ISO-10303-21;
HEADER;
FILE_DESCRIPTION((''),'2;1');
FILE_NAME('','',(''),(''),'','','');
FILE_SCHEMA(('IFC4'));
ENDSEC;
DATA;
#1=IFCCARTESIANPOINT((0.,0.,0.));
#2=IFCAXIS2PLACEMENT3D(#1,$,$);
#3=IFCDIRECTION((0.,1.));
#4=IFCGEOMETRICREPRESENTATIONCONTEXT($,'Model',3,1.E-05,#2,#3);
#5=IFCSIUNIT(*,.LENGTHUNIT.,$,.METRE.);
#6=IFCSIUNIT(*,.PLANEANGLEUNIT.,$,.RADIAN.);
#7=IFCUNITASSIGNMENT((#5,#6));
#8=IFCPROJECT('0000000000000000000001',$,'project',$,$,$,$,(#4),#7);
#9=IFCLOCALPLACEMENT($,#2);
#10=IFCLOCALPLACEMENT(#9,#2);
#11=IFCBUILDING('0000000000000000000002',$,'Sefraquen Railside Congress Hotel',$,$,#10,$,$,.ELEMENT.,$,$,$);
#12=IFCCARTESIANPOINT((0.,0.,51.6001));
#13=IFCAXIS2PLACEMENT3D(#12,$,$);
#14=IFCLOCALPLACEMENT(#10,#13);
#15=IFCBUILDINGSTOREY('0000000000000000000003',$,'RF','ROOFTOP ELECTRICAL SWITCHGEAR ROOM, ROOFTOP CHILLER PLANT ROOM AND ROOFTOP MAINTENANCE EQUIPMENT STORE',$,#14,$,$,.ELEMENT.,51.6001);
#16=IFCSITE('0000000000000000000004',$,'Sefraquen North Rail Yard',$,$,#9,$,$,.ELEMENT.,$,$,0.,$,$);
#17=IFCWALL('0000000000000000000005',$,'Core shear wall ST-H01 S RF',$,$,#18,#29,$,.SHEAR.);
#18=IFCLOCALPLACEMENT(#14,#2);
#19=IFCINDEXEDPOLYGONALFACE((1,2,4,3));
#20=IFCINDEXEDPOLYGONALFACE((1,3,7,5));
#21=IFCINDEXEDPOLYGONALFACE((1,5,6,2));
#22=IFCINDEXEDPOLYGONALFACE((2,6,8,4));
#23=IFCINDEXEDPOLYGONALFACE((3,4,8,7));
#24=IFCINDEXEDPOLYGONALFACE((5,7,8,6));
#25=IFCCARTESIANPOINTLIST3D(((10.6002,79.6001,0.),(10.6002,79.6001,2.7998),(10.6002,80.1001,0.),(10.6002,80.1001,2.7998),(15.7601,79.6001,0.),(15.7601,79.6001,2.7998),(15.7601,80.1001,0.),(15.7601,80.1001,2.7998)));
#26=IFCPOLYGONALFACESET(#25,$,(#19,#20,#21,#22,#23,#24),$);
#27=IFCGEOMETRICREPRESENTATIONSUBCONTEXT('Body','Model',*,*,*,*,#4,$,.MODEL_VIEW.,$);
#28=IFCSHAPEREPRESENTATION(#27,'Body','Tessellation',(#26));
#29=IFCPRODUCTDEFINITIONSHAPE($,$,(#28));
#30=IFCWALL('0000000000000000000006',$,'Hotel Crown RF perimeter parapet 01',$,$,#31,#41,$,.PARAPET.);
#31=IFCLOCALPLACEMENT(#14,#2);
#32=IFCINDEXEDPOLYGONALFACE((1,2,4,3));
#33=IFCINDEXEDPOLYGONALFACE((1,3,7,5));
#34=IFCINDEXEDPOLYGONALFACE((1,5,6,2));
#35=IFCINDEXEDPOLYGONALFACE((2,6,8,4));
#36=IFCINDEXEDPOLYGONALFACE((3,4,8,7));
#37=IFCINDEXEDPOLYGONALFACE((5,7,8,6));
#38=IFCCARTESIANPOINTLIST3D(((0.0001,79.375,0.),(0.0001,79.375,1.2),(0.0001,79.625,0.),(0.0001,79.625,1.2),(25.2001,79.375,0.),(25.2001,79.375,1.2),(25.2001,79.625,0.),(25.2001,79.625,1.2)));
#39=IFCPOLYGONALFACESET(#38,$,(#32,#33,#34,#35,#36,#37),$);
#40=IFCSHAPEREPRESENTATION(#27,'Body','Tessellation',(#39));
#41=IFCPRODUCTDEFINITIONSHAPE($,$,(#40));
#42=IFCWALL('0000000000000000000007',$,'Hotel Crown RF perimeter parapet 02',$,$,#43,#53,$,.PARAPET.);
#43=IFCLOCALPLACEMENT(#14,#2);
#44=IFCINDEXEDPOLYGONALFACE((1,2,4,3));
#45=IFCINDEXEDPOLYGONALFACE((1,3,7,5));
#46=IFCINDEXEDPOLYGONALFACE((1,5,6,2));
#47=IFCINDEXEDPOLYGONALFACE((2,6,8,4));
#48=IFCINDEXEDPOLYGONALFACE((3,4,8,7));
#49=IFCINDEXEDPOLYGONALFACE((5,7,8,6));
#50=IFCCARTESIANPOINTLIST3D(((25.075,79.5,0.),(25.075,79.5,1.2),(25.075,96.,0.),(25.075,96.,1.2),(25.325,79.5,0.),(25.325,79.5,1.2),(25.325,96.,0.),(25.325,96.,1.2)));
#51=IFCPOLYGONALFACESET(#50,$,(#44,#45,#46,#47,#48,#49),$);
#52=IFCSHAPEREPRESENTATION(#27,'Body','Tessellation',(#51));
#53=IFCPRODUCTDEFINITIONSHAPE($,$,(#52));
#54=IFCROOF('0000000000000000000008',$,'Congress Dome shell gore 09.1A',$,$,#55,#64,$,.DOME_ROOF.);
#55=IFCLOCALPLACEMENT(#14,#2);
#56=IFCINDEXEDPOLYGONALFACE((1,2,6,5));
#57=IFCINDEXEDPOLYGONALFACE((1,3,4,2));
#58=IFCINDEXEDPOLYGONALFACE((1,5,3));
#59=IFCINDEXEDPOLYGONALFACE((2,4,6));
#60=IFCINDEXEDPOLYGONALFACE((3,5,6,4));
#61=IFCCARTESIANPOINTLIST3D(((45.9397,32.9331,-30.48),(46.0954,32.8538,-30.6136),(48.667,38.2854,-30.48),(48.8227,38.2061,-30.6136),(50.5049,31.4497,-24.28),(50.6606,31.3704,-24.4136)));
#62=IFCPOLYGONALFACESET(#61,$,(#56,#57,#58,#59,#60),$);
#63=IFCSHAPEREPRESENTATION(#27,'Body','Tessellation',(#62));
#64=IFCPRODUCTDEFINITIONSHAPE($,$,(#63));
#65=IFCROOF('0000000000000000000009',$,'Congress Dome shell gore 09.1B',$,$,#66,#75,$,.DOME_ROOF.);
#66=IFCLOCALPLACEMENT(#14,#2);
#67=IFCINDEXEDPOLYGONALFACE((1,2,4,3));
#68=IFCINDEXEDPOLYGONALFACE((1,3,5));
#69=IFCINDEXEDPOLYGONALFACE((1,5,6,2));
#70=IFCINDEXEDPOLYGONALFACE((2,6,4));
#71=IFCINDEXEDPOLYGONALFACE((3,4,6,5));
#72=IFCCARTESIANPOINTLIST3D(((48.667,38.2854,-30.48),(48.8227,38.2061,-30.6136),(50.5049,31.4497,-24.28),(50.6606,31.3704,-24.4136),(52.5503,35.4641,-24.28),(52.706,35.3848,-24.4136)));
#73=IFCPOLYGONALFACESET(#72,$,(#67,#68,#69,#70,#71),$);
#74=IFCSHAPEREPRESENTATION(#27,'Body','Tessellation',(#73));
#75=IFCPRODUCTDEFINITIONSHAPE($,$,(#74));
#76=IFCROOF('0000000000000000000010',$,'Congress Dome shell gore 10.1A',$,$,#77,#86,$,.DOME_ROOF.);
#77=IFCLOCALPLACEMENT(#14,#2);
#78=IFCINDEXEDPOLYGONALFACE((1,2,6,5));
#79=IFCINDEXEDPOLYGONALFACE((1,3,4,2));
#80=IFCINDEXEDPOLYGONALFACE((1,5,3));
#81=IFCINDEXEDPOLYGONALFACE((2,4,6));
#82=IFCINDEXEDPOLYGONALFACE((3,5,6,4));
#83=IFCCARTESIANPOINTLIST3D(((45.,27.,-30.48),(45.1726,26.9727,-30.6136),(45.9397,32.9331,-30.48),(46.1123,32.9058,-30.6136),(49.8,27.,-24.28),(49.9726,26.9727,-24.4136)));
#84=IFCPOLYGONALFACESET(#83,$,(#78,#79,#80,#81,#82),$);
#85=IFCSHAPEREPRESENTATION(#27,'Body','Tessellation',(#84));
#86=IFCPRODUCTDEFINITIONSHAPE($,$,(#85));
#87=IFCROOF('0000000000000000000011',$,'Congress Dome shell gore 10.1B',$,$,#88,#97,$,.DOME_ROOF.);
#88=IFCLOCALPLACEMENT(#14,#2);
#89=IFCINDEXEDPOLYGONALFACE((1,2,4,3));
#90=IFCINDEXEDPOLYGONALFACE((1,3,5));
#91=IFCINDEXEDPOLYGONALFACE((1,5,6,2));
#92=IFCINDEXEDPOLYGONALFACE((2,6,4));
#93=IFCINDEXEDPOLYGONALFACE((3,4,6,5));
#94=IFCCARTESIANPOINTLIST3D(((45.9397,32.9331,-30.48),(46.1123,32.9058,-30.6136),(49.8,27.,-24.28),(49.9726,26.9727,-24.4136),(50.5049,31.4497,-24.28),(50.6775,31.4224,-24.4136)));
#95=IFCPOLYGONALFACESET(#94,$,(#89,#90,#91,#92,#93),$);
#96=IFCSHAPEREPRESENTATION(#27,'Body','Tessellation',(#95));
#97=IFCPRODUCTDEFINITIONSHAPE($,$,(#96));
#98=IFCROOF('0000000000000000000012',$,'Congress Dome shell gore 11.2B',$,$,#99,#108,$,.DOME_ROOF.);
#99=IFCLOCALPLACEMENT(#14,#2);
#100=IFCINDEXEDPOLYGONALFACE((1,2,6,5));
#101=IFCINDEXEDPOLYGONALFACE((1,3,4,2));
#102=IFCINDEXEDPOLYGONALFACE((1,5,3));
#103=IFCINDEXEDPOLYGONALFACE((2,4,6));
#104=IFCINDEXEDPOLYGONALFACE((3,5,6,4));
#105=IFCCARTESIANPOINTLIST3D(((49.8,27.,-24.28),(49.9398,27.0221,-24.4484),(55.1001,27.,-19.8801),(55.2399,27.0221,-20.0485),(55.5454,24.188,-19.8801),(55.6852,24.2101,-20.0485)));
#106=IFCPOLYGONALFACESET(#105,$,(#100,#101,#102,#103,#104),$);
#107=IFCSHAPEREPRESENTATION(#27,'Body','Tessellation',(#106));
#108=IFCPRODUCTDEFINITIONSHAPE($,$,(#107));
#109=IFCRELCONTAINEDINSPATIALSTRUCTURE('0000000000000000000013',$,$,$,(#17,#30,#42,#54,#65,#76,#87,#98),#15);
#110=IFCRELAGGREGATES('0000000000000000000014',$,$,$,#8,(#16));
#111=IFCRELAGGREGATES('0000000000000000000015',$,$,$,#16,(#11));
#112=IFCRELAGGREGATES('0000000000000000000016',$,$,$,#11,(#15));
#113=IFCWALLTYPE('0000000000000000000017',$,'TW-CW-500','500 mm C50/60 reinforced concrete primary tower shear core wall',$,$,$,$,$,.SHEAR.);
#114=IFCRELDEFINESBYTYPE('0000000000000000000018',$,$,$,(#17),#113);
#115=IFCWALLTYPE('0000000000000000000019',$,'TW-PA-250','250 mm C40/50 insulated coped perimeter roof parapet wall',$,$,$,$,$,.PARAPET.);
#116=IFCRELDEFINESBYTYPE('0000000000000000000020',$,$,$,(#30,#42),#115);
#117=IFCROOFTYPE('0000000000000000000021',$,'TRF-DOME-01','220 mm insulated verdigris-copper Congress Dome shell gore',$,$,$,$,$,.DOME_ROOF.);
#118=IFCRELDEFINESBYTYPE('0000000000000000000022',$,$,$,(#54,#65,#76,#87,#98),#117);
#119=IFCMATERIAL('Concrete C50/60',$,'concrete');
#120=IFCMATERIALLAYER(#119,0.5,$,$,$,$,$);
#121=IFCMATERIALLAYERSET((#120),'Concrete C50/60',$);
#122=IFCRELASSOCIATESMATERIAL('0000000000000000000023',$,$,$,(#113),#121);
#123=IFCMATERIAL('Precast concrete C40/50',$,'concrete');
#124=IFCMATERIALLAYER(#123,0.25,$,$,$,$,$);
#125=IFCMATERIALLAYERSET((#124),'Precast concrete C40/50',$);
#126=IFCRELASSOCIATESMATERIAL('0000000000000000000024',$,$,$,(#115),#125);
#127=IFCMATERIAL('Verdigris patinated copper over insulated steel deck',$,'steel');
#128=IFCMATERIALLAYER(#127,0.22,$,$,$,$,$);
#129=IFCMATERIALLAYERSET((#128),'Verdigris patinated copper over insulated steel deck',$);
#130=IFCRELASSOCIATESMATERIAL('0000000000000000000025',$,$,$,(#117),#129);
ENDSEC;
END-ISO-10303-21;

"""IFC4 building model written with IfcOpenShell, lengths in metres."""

from ifc_helpers import new_model, si_unit, direction, frame, frame_2d, origin, place, context, subcontext, project, spatial, polyline, rectangle, outline, extrude, material, layer, layer_set, type_object, element, save


model = new_model("IFC4")

# Units and contexts
model_context = context("Model", 3, precision=1e-05, world=origin(), true_north=direction((0.0, 1.0)))
body_context = subcontext(model_context, "Body", "Model", "MODEL_VIEW")
ifc_project = project(units=[si_unit("LENGTHUNIT", "METRE"), si_unit("PLANEANGLEUNIT", "RADIAN")], contexts=[model_context])

# Site, building, storey
site_placement = place(None, origin())
site = spatial("IfcSite", under=ifc_project, at=site_placement, Name="Sefraquen North Rail Yard", CompositionType="ELEMENT", RefElevation=0.0)
building_placement = place(site_placement, origin())
building = spatial("IfcBuilding", under=site, at=building_placement, Name="Sefraquen Railside Congress Hotel", CompositionType="ELEMENT")
storey_placement = place(building_placement, frame((0.0, 0.0, 51.6001)))
storey = spatial("IfcBuildingStorey", under=building, at=storey_placement, Name="RF", Description="ROOFTOP ELECTRICAL SWITCHGEAR ROOM, ROOFTOP CHILLER PLANT ROOM AND ROOFTOP MAINTENANCE EQUIPMENT STORE", CompositionType="ELEMENT", Elevation=51.6001)

# Shared definitions
ifc_material_1 = material(Name="Concrete C50/60", Category="concrete")

# Walls
ifc_layer_1 = layer(ifc_material_1, 0.5)
ifc_layer_set_1 = layer_set([ifc_layer_1], Name="Concrete C50/60")
wall_type_1 = type_object("IfcWallType", Name="TW-CW-500", Description="500 mm C50/60 reinforced concrete primary tower shear core wall", PredefinedType="SHEAR", material=ifc_layer_set_1)
wall_1_placement = place(storey_placement, frame((10.6001, 79.8501, 0.0), z_axis=(0.0, 0.0, 1.0), x_axis=(1.0, 0.0, 0.0)))
element("IfcWall", 1, at=wall_1_placement, inside=storey, type_object=wall_type_1, Name="Core shear wall ST-H01 S RF", PredefinedType="SHEAR", context=body_context, shape_type="SweptSolid", body=[
    extrude(rectangle(XDim=5.1599, YDim=0.5, at=frame_2d((2.5801, 0.0))), origin(), (0.0, 0.0, 1.0), 2.7998),
])
ifc_material_2 = material(Name="Precast concrete C40/50", Category="concrete")
ifc_layer_2 = layer(ifc_material_2, 0.25)
ifc_layer_set_2 = layer_set([ifc_layer_2], Name="Precast concrete C40/50")
wall_type_2 = type_object("IfcWallType", Name="TW-PA-250", Description="250 mm C40/50 insulated coped perimeter roof parapet wall", PredefinedType="PARAPET", material=ifc_layer_set_2)
wall_2_placement = place(storey_placement, frame((0.0, 79.5, 0.0), z_axis=(0.0, 0.0, 1.0), x_axis=(1.0, 0.0, 0.0)))
element("IfcWall", 2, at=wall_2_placement, inside=storey, type_object=wall_type_2, Name="Hotel Crown RF perimeter parapet 01", PredefinedType="PARAPET", context=body_context, shape_type="SweptSolid", body=[
    extrude(rectangle(XDim=25.2, YDim=0.25, at=frame_2d((12.6001, 0.0))), origin(), (0.0, 0.0, 1.0), 1.2),
])
wall_3_placement = place(storey_placement, frame((25.2, 79.5, 0.0), z_axis=(0.0, 0.0, 1.0), x_axis=(0.0, 1.0, 0.0)))
element("IfcWall", 3, at=wall_3_placement, inside=storey, type_object=wall_type_2, Name="Hotel Crown RF perimeter parapet 02", PredefinedType="PARAPET", context=body_context, shape_type="SweptSolid", body=[
    extrude(rectangle(XDim=16.5, YDim=0.25, at=frame_2d((8.25, 0.0))), origin(), (0.0, 0.0, 1.0), 1.2),
])

# Roofs
ifc_material_3 = material(Name="Verdigris patinated copper over insulated steel deck", Category="steel")
ifc_layer_3 = layer(ifc_material_3, 0.22)
ifc_layer_set_3 = layer_set([ifc_layer_3], Name="Verdigris patinated copper over insulated steel deck")
roof_type = type_object("IfcRoofType", Name="TRF-DOME-01", Description="220 mm insulated verdigris-copper Congress Dome shell gore", PredefinedType="DOME_ROOF", material=ifc_layer_set_3)
roof_1_placement = place(storey_placement, frame((48.667, 38.2854, -30.48), z_axis=(-0.707775, 0.360651, 0.607442), x_axis=(-0.454012, -0.890995, 0.0)))
element("IfcRoof", 4, at=roof_1_placement, inside=storey, type_object=roof_type, Name="Congress Dome shell gore 09.1A", PredefinedType="DOME_ROOF", context=body_context, shape_type="SweptSolid", body=[
    extrude(outline(polyline([(0.0, 0.0), (6.0071, 0.0), (5.2561, 7.8049), (0.0, 0.0)])), origin(), (0.0, 0.0, -1.0), 0.22),
])
roof_2_placement = place(storey_placement, frame((48.667, 38.2854, -30.48), z_axis=(-0.707794, 0.360634, 0.607429), x_axis=(0.195317, -0.726446, 0.658884)))
element("IfcRoof", 5, at=roof_2_placement, inside=storey, type_object=roof_type, Name="Congress Dome shell gore 09.1B", PredefinedType="DOME_ROOF", context=body_context, shape_type="SweptSolid", body=[
    extrude(outline(polyline([(0.0, 0.0), (9.4098, 0.0), (6.893, 3.737), (0.0, 0.0)])), origin(), (0.0, 0.0, -1.0), 0.22),
])
roof_3_placement = place(storey_placement, frame((45.9397, 32.9331, -30.48), z_axis=(-0.78459, 0.124265, 0.607435), x_axis=(-0.156432, -0.987689, 0.0)))
element("IfcRoof", 6, at=roof_3_placement, inside=storey, type_object=roof_type, Name="Congress Dome shell gore 10.1A", PredefinedType="DOME_ROOF", context=body_context, shape_type="SweptSolid", body=[
    extrude(outline(polyline([(0.0, 0.0), (6.0071, 0.0), (5.2562, 7.8049), (0.0, 0.0)])), origin(), (0.0, 0.0, -1.0), 0.22),
])
roof_4_placement = place(storey_placement, frame((45.9397, 32.9331, -30.48), z_axis=(-0.784582, 0.124278, 0.607443), x_axis=(0.41025, -0.630527, 0.658886)))
element("IfcRoof", 7, at=roof_4_placement, inside=storey, type_object=roof_type, Name="Congress Dome shell gore 10.1B", PredefinedType="DOME_ROOF", context=body_context, shape_type="SweptSolid", body=[
    extrude(outline(polyline([(0.0, 0.0), (9.4098, 0.0), (6.8932, 3.7368), (0.0, 0.0)])), origin(), (0.0, 0.0, -1.0), 0.22),
])
roof_5_placement = place(storey_placement, frame((49.8, 27.0, -24.28), z_axis=(-0.635501, -0.100638, 0.765513), x_axis=(0.740025, -0.362198, 0.566724)))
element("IfcRoof", 8, at=roof_5_placement, inside=storey, type_object=roof_type, Name="Congress Dome shell gore 11.2B", PredefinedType="DOME_ROOF", context=body_context, shape_type="SweptSolid", body=[
    extrude(outline(polyline([(0.0, 0.0), (7.7637, 0.0), (6.4157, 2.5077), (0.0, 0.0)])), origin(), (0.0, 0.0, -1.0), 0.22),
])

save(model, "model.ifc")
